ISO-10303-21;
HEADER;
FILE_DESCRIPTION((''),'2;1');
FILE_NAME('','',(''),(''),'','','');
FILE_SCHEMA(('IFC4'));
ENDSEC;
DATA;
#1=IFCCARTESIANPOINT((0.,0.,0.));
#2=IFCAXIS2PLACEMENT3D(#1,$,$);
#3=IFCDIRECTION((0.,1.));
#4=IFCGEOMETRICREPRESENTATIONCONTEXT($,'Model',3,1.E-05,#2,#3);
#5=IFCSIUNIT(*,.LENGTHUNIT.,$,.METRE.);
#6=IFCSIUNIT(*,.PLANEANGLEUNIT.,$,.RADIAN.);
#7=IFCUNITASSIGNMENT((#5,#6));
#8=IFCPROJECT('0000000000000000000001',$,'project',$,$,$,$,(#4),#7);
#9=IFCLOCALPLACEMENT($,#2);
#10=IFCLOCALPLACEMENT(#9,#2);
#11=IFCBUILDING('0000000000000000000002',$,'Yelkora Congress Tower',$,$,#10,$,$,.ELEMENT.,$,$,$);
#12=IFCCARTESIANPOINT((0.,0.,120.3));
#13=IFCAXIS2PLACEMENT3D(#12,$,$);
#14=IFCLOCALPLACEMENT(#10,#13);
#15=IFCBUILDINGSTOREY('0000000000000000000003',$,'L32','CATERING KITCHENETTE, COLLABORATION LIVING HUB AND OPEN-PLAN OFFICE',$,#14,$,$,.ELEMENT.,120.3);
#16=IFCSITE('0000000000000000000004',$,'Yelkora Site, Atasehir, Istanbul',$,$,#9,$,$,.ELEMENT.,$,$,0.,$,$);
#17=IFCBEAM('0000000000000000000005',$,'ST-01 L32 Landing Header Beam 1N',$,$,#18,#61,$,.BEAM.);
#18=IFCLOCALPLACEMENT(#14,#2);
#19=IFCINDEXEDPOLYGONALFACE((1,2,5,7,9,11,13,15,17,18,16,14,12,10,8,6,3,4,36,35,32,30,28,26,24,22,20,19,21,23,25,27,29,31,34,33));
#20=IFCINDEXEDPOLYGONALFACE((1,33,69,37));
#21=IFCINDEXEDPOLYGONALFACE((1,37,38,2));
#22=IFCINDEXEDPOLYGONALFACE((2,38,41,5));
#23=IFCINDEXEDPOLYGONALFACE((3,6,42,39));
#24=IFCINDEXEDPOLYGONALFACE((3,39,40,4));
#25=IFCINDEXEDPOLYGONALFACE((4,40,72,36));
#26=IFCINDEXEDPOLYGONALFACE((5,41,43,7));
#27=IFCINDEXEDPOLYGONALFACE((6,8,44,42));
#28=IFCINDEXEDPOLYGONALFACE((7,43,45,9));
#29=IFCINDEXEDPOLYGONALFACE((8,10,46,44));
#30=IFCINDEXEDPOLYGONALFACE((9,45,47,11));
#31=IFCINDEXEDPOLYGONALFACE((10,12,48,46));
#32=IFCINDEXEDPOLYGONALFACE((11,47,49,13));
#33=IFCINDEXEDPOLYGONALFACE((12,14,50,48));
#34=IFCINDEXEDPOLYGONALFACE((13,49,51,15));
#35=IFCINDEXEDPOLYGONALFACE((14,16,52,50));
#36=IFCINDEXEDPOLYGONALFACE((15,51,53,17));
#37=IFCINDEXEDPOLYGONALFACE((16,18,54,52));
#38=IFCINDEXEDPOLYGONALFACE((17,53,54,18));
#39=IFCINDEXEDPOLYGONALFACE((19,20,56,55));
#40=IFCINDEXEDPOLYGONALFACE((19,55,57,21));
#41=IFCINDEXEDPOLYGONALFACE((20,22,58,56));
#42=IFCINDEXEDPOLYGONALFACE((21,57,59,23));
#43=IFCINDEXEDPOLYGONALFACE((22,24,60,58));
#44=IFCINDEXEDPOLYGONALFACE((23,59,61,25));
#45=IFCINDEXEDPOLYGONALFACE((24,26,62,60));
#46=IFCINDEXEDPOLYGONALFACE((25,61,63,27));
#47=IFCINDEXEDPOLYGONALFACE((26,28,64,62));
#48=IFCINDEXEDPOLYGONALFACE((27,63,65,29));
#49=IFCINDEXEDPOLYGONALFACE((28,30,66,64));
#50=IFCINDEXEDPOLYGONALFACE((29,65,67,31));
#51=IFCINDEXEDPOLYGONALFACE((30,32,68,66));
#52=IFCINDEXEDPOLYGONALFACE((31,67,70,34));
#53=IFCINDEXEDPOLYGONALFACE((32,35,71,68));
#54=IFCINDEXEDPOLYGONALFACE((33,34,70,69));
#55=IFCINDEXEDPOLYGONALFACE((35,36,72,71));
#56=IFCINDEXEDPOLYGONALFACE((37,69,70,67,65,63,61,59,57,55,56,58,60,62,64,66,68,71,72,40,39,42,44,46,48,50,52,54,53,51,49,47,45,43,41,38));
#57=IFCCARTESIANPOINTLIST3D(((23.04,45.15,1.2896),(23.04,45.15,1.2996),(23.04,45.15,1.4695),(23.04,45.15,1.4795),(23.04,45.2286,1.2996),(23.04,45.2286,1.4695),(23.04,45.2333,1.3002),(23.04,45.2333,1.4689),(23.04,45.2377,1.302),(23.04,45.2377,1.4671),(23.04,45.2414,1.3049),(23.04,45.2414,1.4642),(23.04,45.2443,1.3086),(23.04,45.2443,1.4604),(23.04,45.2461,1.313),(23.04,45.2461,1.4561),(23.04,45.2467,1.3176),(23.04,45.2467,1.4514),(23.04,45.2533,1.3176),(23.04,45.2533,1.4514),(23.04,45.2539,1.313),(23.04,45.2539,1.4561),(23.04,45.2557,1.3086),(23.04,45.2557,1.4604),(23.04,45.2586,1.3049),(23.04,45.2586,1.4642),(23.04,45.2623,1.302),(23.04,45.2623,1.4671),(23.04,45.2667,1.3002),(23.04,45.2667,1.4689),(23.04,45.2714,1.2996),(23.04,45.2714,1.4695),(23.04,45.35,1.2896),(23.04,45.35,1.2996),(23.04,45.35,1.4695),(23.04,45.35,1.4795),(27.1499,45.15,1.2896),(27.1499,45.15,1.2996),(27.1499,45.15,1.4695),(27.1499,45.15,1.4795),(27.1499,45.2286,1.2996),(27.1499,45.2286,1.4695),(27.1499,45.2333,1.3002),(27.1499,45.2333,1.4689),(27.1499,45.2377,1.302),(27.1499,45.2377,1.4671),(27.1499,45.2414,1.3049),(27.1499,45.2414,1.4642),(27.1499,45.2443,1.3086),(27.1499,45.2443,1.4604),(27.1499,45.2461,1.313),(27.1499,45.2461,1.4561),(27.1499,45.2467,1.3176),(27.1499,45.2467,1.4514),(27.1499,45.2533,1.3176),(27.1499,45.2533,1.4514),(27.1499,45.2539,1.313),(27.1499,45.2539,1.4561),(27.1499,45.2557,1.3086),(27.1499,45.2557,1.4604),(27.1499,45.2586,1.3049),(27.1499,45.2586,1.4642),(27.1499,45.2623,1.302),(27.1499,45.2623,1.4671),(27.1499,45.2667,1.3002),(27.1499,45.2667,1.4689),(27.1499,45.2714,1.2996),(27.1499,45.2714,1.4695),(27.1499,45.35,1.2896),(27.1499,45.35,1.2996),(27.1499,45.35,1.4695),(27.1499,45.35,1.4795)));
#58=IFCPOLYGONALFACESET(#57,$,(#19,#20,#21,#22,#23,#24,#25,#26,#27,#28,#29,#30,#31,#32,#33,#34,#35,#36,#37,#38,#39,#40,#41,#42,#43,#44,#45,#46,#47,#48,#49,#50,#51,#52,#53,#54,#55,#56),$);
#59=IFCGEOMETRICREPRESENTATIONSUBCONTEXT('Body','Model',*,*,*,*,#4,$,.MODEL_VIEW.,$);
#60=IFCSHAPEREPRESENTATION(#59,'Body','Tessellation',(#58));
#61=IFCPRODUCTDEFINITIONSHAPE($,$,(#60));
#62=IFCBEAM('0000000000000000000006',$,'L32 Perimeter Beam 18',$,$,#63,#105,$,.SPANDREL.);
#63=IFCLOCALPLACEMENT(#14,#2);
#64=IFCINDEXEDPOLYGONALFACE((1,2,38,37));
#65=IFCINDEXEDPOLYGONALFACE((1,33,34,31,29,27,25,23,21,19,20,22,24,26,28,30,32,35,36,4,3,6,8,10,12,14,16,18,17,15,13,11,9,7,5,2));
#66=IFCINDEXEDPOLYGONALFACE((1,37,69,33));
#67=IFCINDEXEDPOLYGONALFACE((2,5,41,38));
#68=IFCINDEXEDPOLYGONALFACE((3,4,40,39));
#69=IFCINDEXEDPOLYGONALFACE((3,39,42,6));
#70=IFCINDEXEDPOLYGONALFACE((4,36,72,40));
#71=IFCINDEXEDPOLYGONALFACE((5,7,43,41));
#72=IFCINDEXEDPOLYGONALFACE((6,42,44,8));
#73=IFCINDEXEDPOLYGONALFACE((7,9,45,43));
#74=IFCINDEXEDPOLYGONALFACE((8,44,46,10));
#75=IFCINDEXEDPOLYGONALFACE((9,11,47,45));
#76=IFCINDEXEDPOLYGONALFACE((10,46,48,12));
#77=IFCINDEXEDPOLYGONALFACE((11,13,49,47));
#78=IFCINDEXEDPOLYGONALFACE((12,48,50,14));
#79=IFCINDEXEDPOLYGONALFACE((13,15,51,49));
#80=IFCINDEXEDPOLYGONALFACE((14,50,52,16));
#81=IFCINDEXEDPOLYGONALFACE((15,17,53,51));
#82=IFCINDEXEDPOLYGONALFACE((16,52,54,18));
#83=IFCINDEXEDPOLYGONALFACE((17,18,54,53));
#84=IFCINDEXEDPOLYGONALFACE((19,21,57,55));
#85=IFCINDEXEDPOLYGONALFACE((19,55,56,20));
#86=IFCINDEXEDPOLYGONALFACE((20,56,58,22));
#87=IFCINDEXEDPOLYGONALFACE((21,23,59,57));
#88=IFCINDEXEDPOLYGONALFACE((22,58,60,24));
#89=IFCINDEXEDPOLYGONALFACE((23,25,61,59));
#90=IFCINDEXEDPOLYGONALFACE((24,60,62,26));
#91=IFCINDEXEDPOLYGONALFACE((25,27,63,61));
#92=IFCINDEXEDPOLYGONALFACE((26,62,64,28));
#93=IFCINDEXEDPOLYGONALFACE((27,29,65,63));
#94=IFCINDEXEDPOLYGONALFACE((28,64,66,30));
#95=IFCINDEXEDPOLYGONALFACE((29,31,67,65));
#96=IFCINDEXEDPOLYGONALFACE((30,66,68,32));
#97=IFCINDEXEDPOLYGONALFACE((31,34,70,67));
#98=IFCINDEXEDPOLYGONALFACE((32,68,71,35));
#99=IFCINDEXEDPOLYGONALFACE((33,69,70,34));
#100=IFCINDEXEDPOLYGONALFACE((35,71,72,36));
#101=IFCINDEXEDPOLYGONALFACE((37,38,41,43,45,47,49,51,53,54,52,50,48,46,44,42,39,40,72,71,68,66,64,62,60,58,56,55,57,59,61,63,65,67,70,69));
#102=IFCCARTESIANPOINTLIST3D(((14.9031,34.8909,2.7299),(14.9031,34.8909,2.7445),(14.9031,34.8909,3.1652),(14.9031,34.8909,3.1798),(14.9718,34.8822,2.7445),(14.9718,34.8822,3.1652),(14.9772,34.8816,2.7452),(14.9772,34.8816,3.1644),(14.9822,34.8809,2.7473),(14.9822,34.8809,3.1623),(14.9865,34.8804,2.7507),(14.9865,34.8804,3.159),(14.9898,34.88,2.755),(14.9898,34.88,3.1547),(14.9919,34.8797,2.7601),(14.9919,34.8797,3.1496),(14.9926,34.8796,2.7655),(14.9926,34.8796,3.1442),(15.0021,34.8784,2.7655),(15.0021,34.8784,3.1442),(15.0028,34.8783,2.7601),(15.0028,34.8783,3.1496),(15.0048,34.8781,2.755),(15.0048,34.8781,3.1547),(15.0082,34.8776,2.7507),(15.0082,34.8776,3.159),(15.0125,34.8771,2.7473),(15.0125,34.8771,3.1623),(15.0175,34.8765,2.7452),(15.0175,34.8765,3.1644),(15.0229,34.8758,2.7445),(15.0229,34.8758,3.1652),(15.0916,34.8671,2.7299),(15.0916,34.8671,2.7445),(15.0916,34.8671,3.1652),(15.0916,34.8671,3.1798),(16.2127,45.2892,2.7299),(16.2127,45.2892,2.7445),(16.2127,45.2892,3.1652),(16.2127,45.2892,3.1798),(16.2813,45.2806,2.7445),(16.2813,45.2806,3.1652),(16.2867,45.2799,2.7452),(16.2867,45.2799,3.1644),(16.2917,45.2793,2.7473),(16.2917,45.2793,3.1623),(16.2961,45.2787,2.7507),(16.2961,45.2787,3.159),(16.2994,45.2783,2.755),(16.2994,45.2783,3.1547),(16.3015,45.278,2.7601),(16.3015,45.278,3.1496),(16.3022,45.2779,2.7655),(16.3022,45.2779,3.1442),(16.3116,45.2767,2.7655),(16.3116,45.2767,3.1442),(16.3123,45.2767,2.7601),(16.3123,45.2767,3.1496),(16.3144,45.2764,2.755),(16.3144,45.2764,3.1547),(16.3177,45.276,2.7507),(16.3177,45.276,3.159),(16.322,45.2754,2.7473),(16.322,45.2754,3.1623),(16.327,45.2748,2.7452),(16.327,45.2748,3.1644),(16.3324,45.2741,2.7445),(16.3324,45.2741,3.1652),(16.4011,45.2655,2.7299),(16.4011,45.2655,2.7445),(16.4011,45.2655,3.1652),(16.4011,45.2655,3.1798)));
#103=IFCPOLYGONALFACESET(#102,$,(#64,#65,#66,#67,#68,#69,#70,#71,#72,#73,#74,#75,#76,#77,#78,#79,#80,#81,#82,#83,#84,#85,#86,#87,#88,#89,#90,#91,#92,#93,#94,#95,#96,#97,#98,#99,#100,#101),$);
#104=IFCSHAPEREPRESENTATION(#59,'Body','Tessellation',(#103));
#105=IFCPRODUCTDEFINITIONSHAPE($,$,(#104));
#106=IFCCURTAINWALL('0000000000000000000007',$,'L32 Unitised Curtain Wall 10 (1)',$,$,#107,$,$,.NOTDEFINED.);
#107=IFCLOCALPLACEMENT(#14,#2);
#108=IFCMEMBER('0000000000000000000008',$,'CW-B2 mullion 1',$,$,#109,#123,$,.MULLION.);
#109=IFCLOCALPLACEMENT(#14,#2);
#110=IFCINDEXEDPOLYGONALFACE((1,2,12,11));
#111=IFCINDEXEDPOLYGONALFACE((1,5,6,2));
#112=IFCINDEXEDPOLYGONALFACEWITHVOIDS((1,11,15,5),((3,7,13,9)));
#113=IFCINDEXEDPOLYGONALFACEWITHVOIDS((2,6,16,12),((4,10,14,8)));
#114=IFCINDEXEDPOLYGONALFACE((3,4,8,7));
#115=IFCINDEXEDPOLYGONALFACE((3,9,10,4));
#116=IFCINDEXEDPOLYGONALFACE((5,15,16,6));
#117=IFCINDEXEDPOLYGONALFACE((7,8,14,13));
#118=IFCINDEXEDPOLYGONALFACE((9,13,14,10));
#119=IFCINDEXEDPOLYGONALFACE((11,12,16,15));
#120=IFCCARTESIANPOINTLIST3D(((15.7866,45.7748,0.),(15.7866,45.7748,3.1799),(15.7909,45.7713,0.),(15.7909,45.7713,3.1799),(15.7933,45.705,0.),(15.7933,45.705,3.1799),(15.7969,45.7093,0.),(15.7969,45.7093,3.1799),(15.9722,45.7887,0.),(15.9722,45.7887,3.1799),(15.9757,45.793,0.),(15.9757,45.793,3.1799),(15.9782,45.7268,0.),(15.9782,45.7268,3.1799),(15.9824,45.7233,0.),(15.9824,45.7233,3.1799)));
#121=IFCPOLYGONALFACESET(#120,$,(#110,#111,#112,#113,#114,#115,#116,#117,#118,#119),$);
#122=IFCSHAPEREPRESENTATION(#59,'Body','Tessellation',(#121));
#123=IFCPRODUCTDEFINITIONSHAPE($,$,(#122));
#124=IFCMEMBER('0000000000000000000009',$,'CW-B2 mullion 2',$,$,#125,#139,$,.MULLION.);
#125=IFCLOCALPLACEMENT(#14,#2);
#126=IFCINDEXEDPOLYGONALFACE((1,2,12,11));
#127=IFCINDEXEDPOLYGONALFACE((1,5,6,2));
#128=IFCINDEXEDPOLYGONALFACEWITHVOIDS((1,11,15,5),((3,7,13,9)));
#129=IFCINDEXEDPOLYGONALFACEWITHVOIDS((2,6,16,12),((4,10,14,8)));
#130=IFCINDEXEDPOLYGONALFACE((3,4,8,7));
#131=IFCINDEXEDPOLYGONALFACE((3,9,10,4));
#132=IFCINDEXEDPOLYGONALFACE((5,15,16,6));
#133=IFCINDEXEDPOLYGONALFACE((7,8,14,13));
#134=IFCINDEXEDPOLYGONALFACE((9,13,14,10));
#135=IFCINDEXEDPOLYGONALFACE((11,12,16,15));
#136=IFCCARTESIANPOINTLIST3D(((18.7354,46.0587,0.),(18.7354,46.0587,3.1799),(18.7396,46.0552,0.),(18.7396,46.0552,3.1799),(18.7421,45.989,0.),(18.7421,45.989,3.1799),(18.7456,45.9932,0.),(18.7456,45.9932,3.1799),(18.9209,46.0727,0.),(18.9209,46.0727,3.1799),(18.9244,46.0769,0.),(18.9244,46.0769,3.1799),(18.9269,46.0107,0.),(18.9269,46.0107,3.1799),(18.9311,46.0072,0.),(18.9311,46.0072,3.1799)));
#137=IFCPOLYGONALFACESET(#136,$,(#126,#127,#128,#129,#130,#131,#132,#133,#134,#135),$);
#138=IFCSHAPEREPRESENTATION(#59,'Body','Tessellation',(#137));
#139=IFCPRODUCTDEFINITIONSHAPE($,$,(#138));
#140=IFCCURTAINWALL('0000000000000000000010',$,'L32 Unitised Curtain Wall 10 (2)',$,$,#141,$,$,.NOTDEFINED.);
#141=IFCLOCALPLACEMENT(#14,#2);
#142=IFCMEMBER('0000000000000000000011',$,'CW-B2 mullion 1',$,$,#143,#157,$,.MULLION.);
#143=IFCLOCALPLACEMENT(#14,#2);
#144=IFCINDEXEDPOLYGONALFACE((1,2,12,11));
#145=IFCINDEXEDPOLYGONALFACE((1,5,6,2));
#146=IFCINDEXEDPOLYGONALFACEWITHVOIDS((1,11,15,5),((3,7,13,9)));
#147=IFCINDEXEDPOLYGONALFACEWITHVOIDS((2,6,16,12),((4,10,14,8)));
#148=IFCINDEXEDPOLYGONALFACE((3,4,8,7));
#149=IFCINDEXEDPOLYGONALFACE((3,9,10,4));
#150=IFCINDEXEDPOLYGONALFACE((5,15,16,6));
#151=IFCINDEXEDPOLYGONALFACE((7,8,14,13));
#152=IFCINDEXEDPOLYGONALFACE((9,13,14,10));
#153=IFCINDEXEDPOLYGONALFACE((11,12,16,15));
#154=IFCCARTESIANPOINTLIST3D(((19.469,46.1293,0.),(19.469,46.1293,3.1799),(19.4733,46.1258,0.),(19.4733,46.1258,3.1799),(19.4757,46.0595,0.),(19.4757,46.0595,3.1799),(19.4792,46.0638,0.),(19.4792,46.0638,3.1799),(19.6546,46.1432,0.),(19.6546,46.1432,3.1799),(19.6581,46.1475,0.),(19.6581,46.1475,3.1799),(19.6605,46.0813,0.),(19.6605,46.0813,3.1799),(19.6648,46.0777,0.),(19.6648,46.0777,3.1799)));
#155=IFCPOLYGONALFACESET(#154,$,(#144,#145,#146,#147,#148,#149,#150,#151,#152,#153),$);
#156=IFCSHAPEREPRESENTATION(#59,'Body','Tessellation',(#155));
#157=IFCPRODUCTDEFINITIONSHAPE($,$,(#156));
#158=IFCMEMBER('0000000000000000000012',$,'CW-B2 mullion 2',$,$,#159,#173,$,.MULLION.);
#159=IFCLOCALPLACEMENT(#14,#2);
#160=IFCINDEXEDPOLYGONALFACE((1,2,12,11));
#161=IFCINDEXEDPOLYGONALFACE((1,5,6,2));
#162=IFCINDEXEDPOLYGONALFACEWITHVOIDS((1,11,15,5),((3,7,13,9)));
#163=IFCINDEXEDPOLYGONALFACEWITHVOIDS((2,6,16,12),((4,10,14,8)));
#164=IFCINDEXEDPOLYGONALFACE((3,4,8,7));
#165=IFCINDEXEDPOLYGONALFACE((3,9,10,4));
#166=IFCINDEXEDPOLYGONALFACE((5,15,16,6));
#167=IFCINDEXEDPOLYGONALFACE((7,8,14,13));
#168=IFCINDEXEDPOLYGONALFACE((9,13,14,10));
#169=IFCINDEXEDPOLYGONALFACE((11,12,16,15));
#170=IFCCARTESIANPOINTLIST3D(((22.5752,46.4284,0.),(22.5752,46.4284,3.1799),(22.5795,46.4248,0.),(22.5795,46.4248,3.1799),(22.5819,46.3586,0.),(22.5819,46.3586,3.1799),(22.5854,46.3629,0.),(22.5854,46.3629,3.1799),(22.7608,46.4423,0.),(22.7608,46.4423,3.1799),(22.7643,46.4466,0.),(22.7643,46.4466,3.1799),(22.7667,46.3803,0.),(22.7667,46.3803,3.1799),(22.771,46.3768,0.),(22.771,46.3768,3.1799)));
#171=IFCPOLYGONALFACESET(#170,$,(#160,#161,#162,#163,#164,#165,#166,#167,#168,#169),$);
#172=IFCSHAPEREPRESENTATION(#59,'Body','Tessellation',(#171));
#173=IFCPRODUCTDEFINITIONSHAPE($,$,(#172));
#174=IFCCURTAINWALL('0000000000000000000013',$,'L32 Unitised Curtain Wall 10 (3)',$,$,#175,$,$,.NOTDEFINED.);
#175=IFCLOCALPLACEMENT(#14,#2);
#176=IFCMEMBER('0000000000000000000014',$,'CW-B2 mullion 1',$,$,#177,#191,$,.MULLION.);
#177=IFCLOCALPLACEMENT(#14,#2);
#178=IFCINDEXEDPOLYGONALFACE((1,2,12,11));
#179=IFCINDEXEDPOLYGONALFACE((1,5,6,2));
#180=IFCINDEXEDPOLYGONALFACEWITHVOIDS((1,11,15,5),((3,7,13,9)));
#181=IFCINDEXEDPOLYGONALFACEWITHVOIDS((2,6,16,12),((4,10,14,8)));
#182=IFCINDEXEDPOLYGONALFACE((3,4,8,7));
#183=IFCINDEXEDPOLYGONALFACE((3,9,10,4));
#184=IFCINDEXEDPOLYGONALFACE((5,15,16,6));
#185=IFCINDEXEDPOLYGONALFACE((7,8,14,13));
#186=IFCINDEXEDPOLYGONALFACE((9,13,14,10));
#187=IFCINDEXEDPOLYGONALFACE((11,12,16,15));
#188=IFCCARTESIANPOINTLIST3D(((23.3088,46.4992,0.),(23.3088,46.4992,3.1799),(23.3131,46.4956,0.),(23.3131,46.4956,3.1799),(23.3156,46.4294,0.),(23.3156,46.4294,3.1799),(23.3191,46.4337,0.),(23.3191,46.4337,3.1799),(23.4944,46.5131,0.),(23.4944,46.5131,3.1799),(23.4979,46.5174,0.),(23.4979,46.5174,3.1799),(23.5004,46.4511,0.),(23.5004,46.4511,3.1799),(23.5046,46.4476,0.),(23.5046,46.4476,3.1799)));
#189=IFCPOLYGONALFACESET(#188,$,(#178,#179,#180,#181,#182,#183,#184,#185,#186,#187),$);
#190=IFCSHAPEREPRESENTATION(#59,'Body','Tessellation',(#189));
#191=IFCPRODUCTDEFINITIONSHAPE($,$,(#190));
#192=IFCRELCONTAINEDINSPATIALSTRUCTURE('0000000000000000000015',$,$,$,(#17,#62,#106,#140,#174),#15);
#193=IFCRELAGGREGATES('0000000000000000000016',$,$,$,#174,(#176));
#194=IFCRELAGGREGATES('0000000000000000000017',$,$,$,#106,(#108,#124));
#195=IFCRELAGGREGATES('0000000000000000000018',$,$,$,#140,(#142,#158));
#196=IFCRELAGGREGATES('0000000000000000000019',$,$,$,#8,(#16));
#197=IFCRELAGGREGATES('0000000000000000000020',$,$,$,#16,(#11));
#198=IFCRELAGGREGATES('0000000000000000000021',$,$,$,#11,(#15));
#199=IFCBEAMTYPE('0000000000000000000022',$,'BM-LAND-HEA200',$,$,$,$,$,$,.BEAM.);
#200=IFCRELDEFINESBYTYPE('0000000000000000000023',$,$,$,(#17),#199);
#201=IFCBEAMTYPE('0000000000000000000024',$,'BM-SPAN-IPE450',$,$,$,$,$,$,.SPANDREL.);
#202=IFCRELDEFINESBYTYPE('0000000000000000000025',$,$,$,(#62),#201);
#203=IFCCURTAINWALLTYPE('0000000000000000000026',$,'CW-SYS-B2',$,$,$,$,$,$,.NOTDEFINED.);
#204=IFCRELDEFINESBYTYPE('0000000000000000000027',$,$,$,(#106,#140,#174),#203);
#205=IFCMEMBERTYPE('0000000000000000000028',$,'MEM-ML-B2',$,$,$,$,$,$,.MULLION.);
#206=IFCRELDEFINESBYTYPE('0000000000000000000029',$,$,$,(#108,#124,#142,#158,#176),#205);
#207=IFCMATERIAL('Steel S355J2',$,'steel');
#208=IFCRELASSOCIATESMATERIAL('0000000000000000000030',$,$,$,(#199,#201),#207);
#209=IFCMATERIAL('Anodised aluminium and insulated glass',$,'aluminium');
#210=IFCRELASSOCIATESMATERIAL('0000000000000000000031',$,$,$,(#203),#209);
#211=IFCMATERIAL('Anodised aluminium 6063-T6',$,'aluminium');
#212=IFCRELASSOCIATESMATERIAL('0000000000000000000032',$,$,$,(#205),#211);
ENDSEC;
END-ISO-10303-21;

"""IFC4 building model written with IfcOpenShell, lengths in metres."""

from ifc_helpers import new_model, si_unit, direction, frame, origin, origin_2d, place, context, subcontext, project, spatial, hollow_rectangle, i_section, extrude, material, material_profile, profile_set, type_object, element, aggregate, save


model = new_model("IFC4")

# Units and contexts
model_context = context("Model", 3, precision=1e-05, world=origin(), true_north=direction((0.0, 1.0)))
body_context = subcontext(model_context, "Body", "Model", "MODEL_VIEW")
ifc_project = project(units=[si_unit("LENGTHUNIT", "METRE"), si_unit("PLANEANGLEUNIT", "RADIAN")], contexts=[model_context])

# Site, building, storey
site_placement = place(None, origin())
site = spatial("IfcSite", under=ifc_project, at=site_placement, Name="Yelkora Site, Atasehir, Istanbul", CompositionType="ELEMENT", RefElevation=0.0)
building_placement = place(site_placement, origin())
building = spatial("IfcBuilding", under=site, at=building_placement, Name="Yelkora Congress Tower", CompositionType="ELEMENT")
storey_placement = place(building_placement, frame((0.0, 0.0, 120.3)))
storey = spatial("IfcBuildingStorey", under=building, at=storey_placement, Name="L32", Description="CATERING KITCHENETTE, COLLABORATION LIVING HUB AND OPEN-PLAN OFFICE", CompositionType="ELEMENT", Elevation=120.3)

# Beams
ifc_material_1 = material(Name="Steel S355J2", Category="steel")
ifc_material_profile_1 = material_profile(ifc_material_1, i_section(OverallWidth=0.2, OverallDepth=0.1899, WebThickness=0.0066, FlangeThickness=0.01, FilletRadius=0.0181, at=origin_2d()), Name="HEA 200")
ifc_profile_set_1 = profile_set([ifc_material_profile_1], Name="Steel S355J2")
beam_type_1 = type_object("IfcBeamType", Name="BM-LAND-HEA200", PredefinedType="BEAM", material=ifc_profile_set_1)
beam_1_placement = place(storey_placement, frame((23.04, 45.25, 1.3845), z_axis=(1.0, 0.0, 0.0), x_axis=(0.0, 1.0, 0.0)))
element("IfcBeam", 1, at=beam_1_placement, inside=storey, type_object=beam_type_1, Name="ST-01 L32 Landing Header Beam 1N", PredefinedType="BEAM", context=body_context, shape_type="SweptSolid", body=[
    extrude(i_section(OverallWidth=0.2, OverallDepth=0.1899, WebThickness=0.0066, FlangeThickness=0.01, FilletRadius=0.0181, at=origin_2d()), origin(), (0.0, 0.0, 1.0), 4.1099),
])
ifc_material_profile_2 = material_profile(ifc_material_1, i_section(OverallWidth=0.1899, OverallDepth=0.45, WebThickness=0.0095, FlangeThickness=0.0146, FilletRadius=0.021, at=origin_2d()), Name="IPE 450")
ifc_profile_set_2 = profile_set([ifc_material_profile_2], Name="Steel S355J2")
beam_type_2 = type_object("IfcBeamType", Name="BM-SPAN-IPE450", PredefinedType="SPANDREL", material=ifc_profile_set_2)
beam_2_placement = place(storey_placement, frame((16.3069, 45.2773, 2.9548), z_axis=(-0.124952, -0.992163, 0.0), x_axis=(0.992163, -0.124952, 0.0)))
element("IfcBeam", 2, at=beam_2_placement, inside=storey, type_object=beam_type_2, Name="L32 Perimeter Beam 18", PredefinedType="SPANDREL", context=body_context, shape_type="SweptSolid", body=[
    extrude(i_section(OverallWidth=0.1899, OverallDepth=0.45, WebThickness=0.0095, FlangeThickness=0.0146, FilletRadius=0.021, at=origin_2d()), origin(), (0.0, 0.0, 1.0), 10.4805),
])

# Curtain walls, members
ifc_material_2 = material(Name="Anodised aluminium and insulated glass", Category="aluminium")
curtain_wall_type = type_object("IfcCurtainWallType", Name="CW-SYS-B2", PredefinedType="NOTDEFINED", material=ifc_material_2)
curtain_wall_1_placement = place(storey_placement, origin())
curtain_wall_1 = element("IfcCurtainWall", 3, at=curtain_wall_1_placement, inside=storey, type_object=curtain_wall_type, Name="L32 Unitised Curtain Wall 10 (1)", PredefinedType="NOTDEFINED")
ifc_material_3 = material(Name="Anodised aluminium 6063-T6", Category="aluminium")
ifc_material_profile_3 = material_profile(ifc_material_3, hollow_rectangle(XDim=0.0701, YDim=0.1899, WallThickness=0.0039, at=origin_2d()), Name="ALU 70x190x4")
ifc_profile_set_3 = profile_set([ifc_material_profile_3], Name="Anodised aluminium 6063-T6")
member_type_1 = type_object("IfcMemberType", Name="MEM-ML-B2", PredefinedType="MULLION", material=ifc_profile_set_3)
member_1_placement = place(storey_placement, frame((15.8845, 45.749, 0.0), z_axis=(0.0, 0.0, 1.0), x_axis=(-0.095839, 0.995397, 0.0)))
member_1 = element("IfcMember", 4, at=member_1_placement, type_object=member_type_1, Name="CW-B2 mullion 1", PredefinedType="MULLION", context=body_context, shape_type="SweptSolid", body=[
    extrude(hollow_rectangle(XDim=0.0701, YDim=0.1899, WallThickness=0.0039, at=origin_2d()), origin(), (0.0, 0.0, 1.0), 3.1799),
])
member_2_placement = place(storey_placement, frame((18.8333, 46.033, 0.0), z_axis=(0.0, 0.0, 1.0), x_axis=(-0.095839, 0.995397, 0.0)))
member_2 = element("IfcMember", 5, at=member_2_placement, type_object=member_type_1, Name="CW-B2 mullion 2", PredefinedType="MULLION", context=body_context, shape_type="SweptSolid", body=[
    extrude(hollow_rectangle(XDim=0.0701, YDim=0.1899, WallThickness=0.0039, at=origin_2d()), origin(), (0.0, 0.0, 1.0), 3.1799),
])
curtain_wall_2_placement = place(storey_placement, origin())
curtain_wall_2 = element("IfcCurtainWall", 6, at=curtain_wall_2_placement, inside=storey, type_object=curtain_wall_type, Name="L32 Unitised Curtain Wall 10 (2)", PredefinedType="NOTDEFINED")
member_3_placement = place(storey_placement, frame((19.5669, 46.1035, 0.0), z_axis=(0.0, 0.0, 1.0), x_axis=(-0.095841, 0.995397, 0.0)))
member_3 = element("IfcMember", 7, at=member_3_placement, type_object=member_type_1, Name="CW-B2 mullion 1", PredefinedType="MULLION", context=body_context, shape_type="SweptSolid", body=[
    extrude(hollow_rectangle(XDim=0.0701, YDim=0.1899, WallThickness=0.0039, at=origin_2d()), origin(), (0.0, 0.0, 1.0), 3.1799),
])
member_4_placement = place(storey_placement, frame((22.6731, 46.4026, 0.0), z_axis=(0.0, 0.0, 1.0), x_axis=(-0.095841, 0.995397, 0.0)))
member_4 = element("IfcMember", 8, at=member_4_placement, type_object=member_type_1, Name="CW-B2 mullion 2", PredefinedType="MULLION", context=body_context, shape_type="SweptSolid", body=[
    extrude(hollow_rectangle(XDim=0.0701, YDim=0.1899, WallThickness=0.0039, at=origin_2d()), origin(), (0.0, 0.0, 1.0), 3.1799),
])

# Curtain wall, member
curtain_wall_3_placement = place(storey_placement, origin())
curtain_wall_3 = element("IfcCurtainWall", 9, at=curtain_wall_3_placement, inside=storey, type_object=curtain_wall_type, Name="L32 Unitised Curtain Wall 10 (3)", PredefinedType="NOTDEFINED")
member_5_placement = place(storey_placement, frame((23.4067, 46.4734, 0.0), z_axis=(0.0, 0.0, 1.0), x_axis=(-0.095844, 0.995396, 0.0)))
member_5 = element("IfcMember", 10, at=member_5_placement, type_object=member_type_1, Name="CW-B2 mullion 1", PredefinedType="MULLION", context=body_context, shape_type="SweptSolid", body=[
    extrude(hollow_rectangle(XDim=0.0701, YDim=0.1899, WallThickness=0.0039, at=origin_2d()), origin(), (0.0, 0.0, 1.0), 3.1799),
])

aggregate(curtain_wall_3, [member_5])

aggregate(curtain_wall_1, [member_1, member_2])
aggregate(curtain_wall_2, [member_3, member_4])

save(model, "model.ifc")
